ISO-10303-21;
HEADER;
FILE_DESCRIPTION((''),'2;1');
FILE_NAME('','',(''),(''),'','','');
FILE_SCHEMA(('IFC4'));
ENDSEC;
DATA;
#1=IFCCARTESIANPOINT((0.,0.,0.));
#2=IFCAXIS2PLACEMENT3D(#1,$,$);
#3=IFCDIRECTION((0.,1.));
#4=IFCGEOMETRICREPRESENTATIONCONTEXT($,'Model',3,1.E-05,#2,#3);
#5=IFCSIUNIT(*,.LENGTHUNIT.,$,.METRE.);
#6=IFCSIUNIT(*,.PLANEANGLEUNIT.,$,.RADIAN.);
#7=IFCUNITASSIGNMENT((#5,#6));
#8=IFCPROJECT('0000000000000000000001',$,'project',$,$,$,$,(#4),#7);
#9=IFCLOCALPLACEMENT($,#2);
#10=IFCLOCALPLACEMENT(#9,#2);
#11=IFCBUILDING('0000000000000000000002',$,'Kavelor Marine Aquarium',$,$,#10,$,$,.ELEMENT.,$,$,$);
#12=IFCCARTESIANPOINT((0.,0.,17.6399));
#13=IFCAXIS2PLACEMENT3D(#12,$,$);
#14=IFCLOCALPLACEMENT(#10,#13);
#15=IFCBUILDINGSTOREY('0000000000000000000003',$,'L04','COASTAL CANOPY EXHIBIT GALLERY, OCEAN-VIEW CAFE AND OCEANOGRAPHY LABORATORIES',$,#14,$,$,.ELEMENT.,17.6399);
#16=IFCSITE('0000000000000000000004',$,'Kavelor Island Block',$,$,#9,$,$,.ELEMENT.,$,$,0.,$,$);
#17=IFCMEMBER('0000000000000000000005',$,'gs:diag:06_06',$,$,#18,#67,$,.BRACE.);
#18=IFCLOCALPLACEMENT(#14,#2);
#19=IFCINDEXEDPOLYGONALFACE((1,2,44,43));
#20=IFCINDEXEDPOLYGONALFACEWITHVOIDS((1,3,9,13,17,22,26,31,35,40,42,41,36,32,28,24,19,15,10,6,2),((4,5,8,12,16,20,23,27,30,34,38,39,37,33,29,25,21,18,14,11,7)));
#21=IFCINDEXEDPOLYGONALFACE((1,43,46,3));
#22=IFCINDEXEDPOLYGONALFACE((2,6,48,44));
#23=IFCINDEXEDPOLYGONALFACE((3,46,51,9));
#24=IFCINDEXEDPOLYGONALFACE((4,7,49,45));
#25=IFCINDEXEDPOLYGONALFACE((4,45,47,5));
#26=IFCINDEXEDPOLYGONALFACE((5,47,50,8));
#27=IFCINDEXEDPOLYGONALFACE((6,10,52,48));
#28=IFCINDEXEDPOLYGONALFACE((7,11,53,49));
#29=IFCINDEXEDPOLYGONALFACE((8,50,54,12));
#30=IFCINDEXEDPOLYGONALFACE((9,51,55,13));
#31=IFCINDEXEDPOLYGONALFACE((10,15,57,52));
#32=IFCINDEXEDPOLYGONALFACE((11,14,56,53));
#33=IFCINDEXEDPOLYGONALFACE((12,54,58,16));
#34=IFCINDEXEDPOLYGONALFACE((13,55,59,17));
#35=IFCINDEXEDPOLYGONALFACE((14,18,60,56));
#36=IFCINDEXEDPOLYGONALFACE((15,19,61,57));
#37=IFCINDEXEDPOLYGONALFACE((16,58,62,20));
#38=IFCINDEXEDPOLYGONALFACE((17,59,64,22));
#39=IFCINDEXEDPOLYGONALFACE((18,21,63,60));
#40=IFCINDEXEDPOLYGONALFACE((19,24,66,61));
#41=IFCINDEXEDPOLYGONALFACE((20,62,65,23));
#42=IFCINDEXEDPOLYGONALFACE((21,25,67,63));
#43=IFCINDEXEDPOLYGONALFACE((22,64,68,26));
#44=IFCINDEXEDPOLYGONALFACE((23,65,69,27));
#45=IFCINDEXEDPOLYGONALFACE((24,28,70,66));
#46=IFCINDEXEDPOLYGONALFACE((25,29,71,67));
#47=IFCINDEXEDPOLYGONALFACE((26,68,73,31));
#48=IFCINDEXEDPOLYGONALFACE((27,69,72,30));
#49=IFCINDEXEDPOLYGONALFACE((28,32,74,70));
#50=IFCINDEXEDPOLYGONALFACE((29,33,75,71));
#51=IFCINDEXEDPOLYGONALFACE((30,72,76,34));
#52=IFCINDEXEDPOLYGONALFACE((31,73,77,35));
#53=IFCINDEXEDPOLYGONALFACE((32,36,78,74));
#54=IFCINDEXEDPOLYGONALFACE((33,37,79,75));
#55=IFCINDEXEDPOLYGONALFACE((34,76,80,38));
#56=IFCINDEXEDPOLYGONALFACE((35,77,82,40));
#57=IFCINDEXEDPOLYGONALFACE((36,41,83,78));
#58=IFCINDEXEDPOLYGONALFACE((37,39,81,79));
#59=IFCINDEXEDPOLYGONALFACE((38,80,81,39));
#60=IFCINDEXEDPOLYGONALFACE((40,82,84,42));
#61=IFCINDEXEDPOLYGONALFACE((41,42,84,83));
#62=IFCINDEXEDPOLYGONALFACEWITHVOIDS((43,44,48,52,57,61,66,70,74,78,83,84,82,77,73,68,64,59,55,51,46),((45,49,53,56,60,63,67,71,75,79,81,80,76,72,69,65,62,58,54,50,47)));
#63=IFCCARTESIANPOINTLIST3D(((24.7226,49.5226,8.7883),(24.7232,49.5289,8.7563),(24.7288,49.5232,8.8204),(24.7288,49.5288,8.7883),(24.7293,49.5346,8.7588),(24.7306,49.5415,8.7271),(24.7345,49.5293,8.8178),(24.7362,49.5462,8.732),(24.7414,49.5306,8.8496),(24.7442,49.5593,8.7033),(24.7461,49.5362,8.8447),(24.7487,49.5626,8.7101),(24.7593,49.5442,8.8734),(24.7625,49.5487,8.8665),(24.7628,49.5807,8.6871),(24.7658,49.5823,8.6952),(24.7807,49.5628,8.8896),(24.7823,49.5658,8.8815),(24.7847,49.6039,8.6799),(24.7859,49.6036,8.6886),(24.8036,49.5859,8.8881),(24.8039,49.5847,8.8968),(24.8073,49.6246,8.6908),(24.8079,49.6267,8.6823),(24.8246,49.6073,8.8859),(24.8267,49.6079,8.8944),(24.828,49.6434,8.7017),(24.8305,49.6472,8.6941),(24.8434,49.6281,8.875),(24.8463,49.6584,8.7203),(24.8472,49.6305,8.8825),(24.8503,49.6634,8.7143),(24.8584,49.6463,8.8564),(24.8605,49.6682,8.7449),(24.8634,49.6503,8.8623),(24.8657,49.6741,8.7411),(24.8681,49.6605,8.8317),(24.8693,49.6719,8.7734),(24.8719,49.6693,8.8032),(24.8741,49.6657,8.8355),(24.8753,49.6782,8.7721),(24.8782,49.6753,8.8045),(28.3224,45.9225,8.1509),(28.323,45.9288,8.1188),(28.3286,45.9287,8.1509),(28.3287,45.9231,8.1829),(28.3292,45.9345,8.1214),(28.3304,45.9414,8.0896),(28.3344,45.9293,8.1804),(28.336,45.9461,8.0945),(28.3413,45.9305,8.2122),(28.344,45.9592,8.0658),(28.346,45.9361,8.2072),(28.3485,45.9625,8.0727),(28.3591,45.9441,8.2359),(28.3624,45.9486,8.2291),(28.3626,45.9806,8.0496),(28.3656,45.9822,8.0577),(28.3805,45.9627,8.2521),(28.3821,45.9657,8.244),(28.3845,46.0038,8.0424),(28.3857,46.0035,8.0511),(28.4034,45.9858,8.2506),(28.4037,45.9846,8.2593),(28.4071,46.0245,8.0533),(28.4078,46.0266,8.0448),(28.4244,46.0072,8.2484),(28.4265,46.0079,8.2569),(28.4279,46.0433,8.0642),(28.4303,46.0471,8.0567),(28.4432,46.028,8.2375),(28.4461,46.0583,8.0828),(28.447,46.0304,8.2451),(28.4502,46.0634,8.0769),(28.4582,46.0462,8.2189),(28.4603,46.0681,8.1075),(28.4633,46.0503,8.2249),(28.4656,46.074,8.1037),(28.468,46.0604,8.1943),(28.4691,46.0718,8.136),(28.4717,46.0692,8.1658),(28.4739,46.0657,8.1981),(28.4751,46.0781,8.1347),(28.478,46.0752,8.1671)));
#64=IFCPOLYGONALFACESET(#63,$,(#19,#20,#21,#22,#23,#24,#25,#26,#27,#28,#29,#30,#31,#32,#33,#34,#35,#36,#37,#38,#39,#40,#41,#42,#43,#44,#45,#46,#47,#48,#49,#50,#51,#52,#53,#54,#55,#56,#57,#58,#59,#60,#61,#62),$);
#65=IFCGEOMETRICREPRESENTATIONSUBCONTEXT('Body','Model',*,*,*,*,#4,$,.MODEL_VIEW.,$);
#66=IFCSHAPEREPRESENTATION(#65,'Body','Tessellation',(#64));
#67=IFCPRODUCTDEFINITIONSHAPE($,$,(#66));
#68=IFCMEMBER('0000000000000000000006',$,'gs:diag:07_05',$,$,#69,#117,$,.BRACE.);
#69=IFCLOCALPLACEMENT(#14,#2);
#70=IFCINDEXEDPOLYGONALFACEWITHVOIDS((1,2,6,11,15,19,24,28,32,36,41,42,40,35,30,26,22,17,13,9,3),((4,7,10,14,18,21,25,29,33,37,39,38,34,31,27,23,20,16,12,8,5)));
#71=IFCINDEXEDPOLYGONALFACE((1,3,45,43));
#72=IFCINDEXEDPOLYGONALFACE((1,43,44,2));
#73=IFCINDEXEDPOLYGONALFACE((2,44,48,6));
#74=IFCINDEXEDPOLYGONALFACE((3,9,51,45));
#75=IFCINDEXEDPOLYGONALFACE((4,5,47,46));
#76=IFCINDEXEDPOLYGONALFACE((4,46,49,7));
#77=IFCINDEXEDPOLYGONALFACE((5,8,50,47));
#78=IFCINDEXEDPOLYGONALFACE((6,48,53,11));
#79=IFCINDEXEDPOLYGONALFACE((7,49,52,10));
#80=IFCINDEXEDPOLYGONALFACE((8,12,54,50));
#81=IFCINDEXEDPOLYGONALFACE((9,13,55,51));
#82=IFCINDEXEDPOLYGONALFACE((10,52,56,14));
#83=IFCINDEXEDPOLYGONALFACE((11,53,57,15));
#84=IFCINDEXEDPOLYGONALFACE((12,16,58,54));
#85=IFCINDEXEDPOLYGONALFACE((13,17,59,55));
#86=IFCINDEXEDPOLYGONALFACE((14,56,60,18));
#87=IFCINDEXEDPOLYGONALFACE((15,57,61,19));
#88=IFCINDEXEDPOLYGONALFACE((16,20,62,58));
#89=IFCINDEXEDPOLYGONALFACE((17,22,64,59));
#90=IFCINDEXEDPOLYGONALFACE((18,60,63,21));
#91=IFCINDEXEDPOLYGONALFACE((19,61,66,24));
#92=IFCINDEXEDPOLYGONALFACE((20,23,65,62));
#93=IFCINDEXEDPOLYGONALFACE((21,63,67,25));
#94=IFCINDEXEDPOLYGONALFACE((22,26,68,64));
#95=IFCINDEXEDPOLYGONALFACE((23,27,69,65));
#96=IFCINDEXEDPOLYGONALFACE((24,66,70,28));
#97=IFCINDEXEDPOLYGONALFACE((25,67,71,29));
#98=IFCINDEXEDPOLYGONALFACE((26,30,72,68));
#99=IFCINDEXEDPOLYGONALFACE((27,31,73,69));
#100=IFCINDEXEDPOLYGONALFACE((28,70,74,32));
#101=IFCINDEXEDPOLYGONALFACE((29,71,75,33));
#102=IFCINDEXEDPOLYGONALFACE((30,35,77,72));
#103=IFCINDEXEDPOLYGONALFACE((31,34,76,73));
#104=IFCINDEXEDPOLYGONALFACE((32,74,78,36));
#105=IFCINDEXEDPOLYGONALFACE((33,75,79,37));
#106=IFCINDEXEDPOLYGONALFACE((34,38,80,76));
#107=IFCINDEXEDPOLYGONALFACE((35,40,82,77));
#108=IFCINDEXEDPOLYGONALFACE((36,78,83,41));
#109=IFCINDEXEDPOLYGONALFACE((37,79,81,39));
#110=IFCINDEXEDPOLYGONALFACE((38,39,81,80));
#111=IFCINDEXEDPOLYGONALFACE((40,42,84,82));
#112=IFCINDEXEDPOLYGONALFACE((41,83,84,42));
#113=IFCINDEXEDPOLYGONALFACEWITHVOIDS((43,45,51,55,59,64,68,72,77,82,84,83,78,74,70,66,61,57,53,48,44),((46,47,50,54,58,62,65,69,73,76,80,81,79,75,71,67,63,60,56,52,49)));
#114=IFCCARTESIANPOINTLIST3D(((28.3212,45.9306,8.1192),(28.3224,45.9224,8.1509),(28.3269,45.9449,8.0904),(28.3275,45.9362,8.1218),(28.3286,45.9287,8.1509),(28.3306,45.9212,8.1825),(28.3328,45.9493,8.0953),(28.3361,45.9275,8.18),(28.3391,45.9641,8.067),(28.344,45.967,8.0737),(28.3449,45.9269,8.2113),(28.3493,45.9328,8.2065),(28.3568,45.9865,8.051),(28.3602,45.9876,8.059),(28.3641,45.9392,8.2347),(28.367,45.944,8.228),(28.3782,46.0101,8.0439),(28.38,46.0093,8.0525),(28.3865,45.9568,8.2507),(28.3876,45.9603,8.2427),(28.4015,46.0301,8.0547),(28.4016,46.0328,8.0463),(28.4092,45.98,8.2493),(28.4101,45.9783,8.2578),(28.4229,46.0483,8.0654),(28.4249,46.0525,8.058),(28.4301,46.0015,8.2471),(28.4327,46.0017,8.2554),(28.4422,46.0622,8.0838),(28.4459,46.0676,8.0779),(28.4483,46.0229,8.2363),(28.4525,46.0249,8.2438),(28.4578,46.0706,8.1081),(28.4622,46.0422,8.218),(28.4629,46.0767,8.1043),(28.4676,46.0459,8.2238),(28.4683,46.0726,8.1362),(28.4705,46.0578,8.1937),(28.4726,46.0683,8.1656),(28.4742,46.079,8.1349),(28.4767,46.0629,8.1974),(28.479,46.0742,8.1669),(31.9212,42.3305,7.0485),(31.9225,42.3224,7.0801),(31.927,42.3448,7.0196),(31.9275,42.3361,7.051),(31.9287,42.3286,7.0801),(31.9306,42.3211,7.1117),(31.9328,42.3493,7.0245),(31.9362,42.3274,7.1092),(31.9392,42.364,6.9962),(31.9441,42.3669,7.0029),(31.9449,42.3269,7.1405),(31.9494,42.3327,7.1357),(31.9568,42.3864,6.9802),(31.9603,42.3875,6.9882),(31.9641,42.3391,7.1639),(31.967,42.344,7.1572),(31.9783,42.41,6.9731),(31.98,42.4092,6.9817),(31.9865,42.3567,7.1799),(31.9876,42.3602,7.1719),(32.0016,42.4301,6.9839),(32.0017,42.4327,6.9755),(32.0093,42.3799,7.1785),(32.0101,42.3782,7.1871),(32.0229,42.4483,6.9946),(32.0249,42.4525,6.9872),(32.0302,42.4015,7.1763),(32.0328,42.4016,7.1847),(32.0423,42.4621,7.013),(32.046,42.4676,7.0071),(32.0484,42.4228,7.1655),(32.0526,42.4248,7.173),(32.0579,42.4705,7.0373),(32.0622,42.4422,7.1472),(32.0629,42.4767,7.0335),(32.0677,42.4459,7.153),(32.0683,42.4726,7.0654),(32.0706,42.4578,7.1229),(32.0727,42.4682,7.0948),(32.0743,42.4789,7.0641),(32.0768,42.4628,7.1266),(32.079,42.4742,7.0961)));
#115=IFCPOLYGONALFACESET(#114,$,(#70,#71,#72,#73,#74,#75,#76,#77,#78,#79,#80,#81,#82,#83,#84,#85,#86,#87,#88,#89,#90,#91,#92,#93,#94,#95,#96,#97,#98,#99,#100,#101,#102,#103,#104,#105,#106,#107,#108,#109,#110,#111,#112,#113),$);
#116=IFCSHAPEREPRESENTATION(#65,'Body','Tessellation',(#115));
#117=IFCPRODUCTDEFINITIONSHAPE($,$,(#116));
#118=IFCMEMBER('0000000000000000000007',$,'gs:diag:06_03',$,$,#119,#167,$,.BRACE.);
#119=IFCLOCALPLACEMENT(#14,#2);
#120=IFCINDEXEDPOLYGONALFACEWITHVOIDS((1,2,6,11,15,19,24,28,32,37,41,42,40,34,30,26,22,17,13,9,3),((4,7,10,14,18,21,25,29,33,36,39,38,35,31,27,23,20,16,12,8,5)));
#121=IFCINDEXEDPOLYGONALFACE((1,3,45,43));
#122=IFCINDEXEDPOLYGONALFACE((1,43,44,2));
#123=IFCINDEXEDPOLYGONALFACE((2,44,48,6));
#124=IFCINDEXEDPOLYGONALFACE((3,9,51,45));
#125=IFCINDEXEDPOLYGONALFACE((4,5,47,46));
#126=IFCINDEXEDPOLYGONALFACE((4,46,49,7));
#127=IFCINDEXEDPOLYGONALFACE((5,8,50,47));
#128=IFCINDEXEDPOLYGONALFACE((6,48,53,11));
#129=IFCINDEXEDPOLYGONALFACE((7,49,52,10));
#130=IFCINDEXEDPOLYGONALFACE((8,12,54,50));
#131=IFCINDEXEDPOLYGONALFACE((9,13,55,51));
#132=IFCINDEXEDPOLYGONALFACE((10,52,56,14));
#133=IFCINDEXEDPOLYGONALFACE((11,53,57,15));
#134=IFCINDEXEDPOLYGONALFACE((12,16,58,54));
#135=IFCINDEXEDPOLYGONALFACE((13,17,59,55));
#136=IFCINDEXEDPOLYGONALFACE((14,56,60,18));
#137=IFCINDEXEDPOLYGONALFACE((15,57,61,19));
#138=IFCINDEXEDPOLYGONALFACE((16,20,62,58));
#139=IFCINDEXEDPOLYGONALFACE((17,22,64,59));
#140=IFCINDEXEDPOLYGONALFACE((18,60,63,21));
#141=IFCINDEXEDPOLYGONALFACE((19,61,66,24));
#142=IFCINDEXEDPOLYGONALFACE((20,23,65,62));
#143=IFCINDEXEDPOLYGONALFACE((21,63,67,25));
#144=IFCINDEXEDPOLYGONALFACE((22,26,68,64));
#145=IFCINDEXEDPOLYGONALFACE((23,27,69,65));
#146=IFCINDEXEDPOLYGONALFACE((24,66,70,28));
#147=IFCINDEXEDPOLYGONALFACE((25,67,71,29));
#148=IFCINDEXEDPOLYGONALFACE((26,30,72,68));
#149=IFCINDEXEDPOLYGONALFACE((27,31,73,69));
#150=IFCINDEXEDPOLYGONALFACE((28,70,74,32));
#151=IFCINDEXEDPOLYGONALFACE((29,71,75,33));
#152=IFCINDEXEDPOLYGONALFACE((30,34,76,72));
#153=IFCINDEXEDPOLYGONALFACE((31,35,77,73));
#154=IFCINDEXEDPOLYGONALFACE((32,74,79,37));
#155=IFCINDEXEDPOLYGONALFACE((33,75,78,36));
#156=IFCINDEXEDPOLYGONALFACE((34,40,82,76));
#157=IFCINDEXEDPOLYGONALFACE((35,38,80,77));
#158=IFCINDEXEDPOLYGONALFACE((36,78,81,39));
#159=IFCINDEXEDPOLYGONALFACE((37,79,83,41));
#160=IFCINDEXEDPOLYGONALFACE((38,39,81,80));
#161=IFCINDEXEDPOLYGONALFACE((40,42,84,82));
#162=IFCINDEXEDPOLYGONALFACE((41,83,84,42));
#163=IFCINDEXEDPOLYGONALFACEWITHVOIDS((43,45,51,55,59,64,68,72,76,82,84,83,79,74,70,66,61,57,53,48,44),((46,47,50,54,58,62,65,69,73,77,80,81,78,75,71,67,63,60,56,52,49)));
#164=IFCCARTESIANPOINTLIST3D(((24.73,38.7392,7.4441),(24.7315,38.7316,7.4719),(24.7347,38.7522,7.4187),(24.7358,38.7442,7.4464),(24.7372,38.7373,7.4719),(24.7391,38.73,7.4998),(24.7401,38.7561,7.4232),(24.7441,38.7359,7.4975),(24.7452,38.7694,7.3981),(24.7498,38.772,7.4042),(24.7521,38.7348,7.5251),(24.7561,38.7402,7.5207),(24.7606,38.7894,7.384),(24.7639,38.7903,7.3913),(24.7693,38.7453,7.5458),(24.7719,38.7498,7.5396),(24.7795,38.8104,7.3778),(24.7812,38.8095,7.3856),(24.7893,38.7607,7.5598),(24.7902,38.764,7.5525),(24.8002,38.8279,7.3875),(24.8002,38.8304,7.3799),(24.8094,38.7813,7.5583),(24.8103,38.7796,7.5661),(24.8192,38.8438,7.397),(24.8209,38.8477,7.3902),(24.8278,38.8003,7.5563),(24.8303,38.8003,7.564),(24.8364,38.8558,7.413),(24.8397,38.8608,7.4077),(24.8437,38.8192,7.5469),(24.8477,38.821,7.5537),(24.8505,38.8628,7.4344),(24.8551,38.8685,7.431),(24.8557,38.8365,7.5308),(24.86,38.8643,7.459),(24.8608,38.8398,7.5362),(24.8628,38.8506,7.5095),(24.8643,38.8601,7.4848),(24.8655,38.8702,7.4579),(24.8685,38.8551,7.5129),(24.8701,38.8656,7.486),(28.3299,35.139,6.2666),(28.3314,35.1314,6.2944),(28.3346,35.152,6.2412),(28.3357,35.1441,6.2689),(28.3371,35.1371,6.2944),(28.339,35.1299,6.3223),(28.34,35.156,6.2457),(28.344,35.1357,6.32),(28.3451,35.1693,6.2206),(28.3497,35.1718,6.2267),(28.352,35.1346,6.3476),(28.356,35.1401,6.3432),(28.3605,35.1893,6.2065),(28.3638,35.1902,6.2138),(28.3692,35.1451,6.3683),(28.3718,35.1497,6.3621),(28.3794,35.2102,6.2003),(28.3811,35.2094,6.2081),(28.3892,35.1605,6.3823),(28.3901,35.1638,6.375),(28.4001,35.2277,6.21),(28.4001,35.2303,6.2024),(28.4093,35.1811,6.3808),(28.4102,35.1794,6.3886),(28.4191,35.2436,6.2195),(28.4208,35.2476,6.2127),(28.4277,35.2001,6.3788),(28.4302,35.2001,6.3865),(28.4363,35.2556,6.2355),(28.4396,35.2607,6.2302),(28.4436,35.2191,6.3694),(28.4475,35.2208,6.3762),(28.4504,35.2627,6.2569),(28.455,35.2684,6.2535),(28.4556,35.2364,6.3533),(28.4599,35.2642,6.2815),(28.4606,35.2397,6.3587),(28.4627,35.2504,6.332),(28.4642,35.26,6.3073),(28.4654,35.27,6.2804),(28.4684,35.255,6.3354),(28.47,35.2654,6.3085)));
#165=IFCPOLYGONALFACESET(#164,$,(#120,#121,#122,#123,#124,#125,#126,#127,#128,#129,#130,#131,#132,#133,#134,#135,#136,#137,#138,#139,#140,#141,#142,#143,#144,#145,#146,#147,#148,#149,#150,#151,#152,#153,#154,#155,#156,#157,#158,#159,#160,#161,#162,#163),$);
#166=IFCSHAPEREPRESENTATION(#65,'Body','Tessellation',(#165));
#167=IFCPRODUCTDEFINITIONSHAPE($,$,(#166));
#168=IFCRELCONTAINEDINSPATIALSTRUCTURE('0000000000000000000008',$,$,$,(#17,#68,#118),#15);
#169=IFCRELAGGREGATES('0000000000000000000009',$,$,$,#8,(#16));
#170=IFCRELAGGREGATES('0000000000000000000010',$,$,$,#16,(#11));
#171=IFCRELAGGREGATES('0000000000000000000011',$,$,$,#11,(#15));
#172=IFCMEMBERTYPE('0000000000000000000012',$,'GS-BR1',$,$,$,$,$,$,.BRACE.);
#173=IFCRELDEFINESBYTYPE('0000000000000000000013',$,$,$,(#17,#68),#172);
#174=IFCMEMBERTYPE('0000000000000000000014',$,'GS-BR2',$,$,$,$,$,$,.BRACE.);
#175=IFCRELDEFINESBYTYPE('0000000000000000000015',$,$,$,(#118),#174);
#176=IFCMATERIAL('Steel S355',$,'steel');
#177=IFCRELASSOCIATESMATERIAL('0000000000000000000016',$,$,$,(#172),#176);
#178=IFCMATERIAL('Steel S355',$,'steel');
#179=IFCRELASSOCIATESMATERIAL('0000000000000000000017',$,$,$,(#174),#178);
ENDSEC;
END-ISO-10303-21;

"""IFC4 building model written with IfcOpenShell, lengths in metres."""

from ifc_helpers import new_model, si_unit, direction, frame, origin, origin_2d, place, context, subcontext, project, spatial, hollow_circle, extrude, material, material_profile, profile_set, type_object, element, save


model = new_model("IFC4")

# Units and contexts
model_context = context("Model", 3, precision=1e-05, world=origin(), true_north=direction((0.0, 1.0)))
body_context = subcontext(model_context, "Body", "Model", "MODEL_VIEW")
ifc_project = project(units=[si_unit("LENGTHUNIT", "METRE"), si_unit("PLANEANGLEUNIT", "RADIAN")], contexts=[model_context])

# Site, building, storey
site_placement = place(None, origin())
site = spatial("IfcSite", under=ifc_project, at=site_placement, Name="Kavelor Island Block", CompositionType="ELEMENT", RefElevation=0.0)
building_placement = place(site_placement, origin())
building = spatial("IfcBuilding", under=site, at=building_placement, Name="Kavelor Marine Aquarium", CompositionType="ELEMENT")
storey_placement = place(building_placement, frame((0.0, 0.0, 17.6399)))
storey = spatial("IfcBuildingStorey", under=building, at=storey_placement, Name="L04", Description="COASTAL CANOPY EXHIBIT GALLERY, OCEAN-VIEW CAFE AND OCEANOGRAPHY LABORATORIES", CompositionType="ELEMENT", Elevation=17.6399)

# Members
ifc_material_1 = material(Name="Steel S355", Category="steel")
ifc_material_profile_1 = material_profile(ifc_material_1, hollow_circle(Radius=0.1096, WallThickness=0.0088, at=origin_2d()), Name="CHS 219.1x8.8")
ifc_profile_set_1 = profile_set([ifc_material_profile_1], Name="Steel S355")
member_type_1 = type_object("IfcMemberType", Name="GS-BR1", PredefinedType="BRACE", material=ifc_profile_set_1)
member_1_placement = place(storey_placement, frame((28.3999, 46.0, 8.1509), z_axis=(-0.701605, 0.701652, 0.124238), x_axis=(-0.707131, -0.707083, 0.0)))
element("IfcMember", 1, at=member_1_placement, inside=storey, type_object=member_type_1, Name="gs:diag:06_06", PredefinedType="BRACE", context=body_context, shape_type="SweptSolid", body=[
    extrude(hollow_circle(Radius=0.1096, WallThickness=0.0088, at=origin_2d()), origin(), (0.0, 0.0, 1.0), 5.1309),
])
member_2_placement = place(storey_placement, frame((32.0, 42.3999, 7.0801), z_axis=(-0.691968, 0.691968, 0.205817), x_axis=(-0.707107, -0.707107, 0.0)))
element("IfcMember", 2, at=member_2_placement, inside=storey, type_object=member_type_1, Name="gs:diag:07_05", PredefinedType="BRACE", context=body_context, shape_type="SweptSolid", body=[
    extrude(hollow_circle(Radius=0.1096, WallThickness=0.0088, at=origin_2d()), origin(), (0.0, 0.0, 1.0), 5.2026),
])
ifc_material_2 = material(Name="Steel S355", Category="steel")
ifc_material_profile_2 = material_profile(ifc_material_2, hollow_circle(Radius=0.0969, WallThickness=0.0081, at=origin_2d()), Name="CHS 193.7x8.0")
ifc_profile_set_2 = profile_set([ifc_material_profile_2], Name="Steel S355")
member_type_2 = type_object("IfcMemberType", Name="GS-BR2", PredefinedType="BRACE", material=ifc_profile_set_2)
member_3_placement = place(storey_placement, frame((28.3999, 35.2, 6.2944), z_axis=(-0.688898, 0.688944, 0.225334), x_axis=(-0.707131, -0.707083, 0.0)))
element("IfcMember", 3, at=member_3_placement, inside=storey, type_object=member_type_2, Name="gs:diag:06_03", PredefinedType="BRACE", context=body_context, shape_type="SweptSolid", body=[
    extrude(hollow_circle(Radius=0.0969, WallThickness=0.0081, at=origin_2d()), origin(), (0.0, 0.0, 1.0), 5.2256),
])

save(model, "model.ifc")
